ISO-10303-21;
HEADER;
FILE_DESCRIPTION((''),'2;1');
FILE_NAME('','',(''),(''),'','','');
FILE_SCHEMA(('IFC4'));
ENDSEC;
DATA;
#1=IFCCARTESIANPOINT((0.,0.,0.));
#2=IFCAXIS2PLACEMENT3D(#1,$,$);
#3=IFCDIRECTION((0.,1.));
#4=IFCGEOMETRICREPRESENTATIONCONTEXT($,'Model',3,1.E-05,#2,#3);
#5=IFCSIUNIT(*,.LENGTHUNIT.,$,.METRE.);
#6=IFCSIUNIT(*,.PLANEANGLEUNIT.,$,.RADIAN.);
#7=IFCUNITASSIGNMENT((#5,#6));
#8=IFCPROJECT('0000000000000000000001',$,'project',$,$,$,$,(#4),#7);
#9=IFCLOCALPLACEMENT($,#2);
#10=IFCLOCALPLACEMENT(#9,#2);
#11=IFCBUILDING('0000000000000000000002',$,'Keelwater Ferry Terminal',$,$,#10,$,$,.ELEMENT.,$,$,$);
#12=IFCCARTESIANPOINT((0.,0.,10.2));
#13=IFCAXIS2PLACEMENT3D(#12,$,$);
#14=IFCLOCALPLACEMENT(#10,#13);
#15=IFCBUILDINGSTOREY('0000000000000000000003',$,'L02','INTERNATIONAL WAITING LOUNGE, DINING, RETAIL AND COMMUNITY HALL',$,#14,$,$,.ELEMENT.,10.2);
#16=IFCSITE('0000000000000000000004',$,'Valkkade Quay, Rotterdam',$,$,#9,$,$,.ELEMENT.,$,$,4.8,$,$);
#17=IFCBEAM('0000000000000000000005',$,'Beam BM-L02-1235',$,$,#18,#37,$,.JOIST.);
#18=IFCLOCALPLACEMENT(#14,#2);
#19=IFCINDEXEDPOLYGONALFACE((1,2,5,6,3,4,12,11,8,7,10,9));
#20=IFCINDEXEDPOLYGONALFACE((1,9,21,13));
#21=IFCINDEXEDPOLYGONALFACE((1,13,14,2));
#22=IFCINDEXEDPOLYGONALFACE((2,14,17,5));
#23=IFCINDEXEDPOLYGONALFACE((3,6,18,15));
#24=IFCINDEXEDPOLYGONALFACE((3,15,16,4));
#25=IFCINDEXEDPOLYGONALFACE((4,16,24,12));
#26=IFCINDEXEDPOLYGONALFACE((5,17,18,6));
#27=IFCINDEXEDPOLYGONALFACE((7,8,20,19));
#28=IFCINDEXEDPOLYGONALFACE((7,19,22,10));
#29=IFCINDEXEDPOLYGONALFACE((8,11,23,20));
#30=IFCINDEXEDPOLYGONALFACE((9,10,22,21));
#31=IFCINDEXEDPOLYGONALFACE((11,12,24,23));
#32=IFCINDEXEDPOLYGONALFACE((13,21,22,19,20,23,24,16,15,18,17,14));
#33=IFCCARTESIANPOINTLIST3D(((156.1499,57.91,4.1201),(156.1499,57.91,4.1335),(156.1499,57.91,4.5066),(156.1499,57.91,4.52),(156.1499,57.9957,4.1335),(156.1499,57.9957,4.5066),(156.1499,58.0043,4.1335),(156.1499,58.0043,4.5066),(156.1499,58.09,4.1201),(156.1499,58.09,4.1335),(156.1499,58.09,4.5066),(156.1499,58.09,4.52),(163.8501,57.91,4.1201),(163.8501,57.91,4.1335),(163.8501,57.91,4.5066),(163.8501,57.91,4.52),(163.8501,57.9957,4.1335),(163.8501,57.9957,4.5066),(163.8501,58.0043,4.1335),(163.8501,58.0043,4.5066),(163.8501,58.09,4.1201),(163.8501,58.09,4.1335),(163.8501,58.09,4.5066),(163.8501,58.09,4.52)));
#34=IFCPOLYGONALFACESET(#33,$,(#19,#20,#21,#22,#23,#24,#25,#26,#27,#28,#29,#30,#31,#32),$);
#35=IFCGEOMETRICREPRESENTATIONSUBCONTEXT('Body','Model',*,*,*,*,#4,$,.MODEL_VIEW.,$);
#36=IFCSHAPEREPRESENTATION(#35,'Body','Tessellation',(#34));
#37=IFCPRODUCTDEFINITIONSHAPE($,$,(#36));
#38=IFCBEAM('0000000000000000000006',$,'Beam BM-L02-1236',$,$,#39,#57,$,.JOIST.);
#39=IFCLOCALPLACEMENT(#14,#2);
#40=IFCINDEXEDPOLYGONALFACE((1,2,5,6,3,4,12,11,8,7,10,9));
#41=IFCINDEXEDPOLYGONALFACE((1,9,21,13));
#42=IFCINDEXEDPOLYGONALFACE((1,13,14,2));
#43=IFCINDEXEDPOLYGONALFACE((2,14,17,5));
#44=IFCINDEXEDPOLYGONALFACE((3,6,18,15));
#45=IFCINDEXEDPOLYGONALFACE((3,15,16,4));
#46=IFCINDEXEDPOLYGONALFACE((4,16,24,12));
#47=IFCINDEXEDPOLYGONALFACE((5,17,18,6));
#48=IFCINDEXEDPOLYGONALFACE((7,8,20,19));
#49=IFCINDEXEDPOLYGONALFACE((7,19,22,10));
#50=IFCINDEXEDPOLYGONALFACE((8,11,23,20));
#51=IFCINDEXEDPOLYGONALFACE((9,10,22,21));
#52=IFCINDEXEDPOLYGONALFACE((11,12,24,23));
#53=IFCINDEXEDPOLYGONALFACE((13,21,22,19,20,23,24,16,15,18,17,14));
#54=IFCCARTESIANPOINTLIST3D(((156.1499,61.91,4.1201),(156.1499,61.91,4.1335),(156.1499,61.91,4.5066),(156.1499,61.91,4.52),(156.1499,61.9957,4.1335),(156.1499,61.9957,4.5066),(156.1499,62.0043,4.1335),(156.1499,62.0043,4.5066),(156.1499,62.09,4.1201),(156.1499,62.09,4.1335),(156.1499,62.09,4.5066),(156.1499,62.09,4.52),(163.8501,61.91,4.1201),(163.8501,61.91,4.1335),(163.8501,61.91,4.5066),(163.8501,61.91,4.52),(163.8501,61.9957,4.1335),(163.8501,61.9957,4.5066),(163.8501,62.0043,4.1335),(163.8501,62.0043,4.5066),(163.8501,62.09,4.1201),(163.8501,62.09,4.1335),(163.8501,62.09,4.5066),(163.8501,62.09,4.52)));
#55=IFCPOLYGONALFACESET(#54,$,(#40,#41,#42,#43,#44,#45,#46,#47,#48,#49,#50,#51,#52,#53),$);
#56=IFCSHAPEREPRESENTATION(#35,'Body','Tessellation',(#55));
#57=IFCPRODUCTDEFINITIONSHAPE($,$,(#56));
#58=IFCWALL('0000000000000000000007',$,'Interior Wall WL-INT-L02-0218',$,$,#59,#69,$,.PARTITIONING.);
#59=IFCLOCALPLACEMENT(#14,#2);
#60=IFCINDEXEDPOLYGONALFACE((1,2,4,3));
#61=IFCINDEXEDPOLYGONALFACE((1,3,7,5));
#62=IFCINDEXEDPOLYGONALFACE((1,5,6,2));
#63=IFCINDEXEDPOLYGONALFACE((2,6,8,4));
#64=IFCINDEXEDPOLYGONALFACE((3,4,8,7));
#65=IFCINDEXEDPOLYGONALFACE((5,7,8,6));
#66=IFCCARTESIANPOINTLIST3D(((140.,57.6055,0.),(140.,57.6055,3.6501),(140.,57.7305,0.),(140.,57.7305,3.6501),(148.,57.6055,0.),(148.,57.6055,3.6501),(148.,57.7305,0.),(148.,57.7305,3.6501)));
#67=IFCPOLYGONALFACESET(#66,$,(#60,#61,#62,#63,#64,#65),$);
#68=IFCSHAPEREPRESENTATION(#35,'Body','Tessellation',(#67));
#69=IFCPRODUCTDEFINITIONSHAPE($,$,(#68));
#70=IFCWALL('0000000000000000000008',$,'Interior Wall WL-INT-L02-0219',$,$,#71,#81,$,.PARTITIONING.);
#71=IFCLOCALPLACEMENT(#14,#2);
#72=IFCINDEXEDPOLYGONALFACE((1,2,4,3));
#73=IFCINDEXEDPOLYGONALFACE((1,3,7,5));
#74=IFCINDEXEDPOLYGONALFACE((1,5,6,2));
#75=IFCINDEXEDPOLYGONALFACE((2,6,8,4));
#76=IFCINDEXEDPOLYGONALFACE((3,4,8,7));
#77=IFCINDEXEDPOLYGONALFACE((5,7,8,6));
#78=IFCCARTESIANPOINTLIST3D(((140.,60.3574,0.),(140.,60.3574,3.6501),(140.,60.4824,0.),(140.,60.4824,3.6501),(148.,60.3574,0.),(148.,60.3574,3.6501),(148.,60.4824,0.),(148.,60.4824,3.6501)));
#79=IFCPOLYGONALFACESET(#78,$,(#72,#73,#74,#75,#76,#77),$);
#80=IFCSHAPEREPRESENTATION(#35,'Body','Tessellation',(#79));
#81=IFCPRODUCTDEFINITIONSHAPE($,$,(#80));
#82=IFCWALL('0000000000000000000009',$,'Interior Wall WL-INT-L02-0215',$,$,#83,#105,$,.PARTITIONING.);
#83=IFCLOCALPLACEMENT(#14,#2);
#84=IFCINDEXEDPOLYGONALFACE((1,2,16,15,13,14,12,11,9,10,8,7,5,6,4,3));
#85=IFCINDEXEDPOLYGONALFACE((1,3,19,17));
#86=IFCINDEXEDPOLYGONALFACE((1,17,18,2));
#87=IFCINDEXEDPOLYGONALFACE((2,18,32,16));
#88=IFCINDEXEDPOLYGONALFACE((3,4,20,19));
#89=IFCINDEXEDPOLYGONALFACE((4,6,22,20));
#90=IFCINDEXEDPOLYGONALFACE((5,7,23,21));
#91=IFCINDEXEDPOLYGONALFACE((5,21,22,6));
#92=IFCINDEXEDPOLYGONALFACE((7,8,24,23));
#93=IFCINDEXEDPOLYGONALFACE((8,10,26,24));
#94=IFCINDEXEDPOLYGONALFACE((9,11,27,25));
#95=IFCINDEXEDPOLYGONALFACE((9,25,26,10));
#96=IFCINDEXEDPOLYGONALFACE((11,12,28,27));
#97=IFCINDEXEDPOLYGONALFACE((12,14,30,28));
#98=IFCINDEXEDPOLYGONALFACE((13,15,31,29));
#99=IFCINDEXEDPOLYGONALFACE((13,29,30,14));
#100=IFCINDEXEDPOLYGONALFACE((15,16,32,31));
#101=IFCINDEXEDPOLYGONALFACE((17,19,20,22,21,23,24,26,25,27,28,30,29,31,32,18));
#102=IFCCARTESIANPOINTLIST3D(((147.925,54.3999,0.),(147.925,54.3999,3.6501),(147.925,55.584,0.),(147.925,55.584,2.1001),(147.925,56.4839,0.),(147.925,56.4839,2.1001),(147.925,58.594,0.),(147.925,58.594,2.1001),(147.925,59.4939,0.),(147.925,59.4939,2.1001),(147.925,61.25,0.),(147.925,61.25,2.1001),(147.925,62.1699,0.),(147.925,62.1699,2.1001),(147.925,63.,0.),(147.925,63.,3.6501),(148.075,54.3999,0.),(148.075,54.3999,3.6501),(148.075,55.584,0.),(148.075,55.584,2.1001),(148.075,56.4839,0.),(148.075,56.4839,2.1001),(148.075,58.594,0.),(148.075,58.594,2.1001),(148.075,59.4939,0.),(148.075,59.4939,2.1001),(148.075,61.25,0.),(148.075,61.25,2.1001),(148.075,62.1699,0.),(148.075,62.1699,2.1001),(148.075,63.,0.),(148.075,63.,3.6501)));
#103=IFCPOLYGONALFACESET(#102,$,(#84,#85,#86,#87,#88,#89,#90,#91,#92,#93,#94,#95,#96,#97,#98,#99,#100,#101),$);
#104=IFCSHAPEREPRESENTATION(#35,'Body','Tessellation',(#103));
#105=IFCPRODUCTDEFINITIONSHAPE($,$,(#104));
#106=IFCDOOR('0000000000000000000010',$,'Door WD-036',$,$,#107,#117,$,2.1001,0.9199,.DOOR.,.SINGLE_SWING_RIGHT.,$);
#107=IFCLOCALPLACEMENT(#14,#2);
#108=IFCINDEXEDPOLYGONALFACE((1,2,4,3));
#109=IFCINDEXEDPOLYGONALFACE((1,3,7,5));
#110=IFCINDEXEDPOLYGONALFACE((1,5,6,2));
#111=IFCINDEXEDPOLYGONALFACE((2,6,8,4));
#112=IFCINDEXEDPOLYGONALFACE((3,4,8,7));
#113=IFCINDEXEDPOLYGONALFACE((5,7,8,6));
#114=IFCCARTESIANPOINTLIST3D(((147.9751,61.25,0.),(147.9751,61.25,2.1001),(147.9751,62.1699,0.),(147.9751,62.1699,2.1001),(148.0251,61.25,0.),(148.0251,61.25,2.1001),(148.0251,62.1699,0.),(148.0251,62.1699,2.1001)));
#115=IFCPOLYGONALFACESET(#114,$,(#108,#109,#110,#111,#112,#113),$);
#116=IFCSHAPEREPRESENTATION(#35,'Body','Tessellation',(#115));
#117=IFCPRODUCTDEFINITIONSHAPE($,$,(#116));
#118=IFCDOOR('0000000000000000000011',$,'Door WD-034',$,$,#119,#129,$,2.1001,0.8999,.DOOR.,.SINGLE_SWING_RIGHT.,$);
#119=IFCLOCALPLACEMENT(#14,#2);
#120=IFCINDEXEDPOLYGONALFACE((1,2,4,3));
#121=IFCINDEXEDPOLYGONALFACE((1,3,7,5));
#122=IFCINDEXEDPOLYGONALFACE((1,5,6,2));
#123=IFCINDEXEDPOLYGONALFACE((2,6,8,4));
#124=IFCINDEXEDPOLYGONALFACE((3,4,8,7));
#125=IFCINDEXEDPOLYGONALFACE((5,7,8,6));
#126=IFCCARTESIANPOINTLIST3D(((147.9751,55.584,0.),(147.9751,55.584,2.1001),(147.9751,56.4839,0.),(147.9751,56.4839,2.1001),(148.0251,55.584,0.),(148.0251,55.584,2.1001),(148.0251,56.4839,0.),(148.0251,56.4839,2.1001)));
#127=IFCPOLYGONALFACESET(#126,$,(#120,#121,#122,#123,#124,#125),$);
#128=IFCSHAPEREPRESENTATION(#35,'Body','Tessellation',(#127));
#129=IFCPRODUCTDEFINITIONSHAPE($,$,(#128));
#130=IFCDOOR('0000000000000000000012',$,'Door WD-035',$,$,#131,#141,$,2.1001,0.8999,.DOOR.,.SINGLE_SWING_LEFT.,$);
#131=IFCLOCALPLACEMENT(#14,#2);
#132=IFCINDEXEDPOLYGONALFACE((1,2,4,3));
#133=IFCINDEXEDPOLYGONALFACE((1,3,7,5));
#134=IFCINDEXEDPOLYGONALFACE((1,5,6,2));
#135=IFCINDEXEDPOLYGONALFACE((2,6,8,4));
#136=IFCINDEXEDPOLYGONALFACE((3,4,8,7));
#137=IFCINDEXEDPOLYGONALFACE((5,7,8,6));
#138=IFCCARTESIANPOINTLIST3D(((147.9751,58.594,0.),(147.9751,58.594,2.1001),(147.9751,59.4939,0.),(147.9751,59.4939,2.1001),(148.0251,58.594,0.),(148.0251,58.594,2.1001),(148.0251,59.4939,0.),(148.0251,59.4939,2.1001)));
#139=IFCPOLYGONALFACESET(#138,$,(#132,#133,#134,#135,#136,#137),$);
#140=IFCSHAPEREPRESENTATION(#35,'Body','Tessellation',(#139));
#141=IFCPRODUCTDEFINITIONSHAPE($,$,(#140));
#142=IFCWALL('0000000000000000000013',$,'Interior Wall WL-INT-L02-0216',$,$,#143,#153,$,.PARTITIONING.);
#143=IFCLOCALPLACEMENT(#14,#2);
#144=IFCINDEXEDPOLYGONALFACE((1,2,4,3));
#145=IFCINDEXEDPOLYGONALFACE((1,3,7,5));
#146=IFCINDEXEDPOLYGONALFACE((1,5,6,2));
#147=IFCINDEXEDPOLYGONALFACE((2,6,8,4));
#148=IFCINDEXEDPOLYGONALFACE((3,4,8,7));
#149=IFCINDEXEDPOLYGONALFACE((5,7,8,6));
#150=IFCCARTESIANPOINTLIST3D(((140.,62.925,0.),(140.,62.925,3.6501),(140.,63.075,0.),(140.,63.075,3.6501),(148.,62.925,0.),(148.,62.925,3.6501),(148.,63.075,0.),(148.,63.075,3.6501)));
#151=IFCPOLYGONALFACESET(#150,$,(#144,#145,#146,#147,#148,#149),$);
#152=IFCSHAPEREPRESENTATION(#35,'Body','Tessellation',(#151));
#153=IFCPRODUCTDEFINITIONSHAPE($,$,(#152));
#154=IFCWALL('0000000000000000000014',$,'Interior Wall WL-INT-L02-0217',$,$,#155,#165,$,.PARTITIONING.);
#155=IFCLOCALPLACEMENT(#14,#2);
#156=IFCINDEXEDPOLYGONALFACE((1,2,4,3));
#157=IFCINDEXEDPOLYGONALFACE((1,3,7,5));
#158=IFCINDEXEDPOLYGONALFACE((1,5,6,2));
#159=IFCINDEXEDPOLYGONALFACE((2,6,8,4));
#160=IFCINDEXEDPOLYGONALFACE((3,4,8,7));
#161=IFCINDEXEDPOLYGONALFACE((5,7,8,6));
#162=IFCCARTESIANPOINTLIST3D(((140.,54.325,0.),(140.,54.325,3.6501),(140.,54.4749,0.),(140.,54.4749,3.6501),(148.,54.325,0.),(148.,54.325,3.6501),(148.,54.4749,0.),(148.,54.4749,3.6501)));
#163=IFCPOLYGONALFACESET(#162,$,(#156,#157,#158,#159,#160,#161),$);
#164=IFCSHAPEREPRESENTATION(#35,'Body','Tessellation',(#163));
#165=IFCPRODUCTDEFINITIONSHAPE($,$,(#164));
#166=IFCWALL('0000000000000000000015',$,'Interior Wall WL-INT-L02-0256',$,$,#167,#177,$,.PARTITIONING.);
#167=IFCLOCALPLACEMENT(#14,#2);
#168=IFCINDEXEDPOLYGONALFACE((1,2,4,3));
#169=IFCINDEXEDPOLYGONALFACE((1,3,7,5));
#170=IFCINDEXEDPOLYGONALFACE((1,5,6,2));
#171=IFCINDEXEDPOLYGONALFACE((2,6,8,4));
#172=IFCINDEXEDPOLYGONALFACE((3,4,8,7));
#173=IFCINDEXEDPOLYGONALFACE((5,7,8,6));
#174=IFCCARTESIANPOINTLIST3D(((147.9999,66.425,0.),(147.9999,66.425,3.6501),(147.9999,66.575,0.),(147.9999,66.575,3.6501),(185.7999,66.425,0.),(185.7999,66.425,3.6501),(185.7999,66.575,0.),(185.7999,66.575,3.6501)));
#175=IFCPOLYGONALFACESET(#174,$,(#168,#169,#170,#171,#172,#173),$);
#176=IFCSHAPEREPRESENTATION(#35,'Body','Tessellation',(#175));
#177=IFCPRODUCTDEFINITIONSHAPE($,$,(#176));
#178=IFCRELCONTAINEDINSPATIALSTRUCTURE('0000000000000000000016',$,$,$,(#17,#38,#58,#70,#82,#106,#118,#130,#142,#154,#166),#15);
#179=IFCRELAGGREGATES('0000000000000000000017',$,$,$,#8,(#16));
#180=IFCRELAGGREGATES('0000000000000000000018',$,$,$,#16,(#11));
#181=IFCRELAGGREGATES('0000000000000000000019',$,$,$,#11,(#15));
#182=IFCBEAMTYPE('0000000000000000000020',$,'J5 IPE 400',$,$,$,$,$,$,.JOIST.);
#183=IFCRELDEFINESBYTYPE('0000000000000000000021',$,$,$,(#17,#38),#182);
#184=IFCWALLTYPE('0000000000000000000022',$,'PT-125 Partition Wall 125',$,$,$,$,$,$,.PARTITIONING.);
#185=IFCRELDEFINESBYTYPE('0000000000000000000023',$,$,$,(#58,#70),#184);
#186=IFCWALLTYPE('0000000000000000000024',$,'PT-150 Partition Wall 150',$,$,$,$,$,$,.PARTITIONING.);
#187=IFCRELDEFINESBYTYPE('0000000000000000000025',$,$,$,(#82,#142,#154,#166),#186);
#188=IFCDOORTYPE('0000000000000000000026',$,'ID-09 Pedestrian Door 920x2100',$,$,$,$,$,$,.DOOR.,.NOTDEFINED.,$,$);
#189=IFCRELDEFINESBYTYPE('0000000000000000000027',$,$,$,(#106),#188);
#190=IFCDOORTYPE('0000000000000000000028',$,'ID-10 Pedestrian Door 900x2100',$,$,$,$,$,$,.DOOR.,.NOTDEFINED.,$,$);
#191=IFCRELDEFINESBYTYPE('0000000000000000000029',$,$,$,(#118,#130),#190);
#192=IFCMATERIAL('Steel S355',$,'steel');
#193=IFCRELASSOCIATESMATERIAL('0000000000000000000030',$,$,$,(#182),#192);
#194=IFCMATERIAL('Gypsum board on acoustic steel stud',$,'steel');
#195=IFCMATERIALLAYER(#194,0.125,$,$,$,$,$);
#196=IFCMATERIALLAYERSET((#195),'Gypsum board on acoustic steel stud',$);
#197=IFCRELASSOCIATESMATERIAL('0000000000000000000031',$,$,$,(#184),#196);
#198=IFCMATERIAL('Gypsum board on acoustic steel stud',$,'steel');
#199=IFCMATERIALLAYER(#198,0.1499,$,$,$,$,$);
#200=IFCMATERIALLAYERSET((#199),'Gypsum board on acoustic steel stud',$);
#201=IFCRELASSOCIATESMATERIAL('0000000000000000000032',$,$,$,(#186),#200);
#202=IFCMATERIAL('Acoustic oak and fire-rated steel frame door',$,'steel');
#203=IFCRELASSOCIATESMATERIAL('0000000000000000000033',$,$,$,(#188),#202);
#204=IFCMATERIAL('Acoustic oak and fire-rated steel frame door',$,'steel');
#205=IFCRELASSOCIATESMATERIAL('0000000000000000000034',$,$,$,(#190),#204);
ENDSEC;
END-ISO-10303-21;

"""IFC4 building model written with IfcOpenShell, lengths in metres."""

from ifc_helpers import new_model, si_unit, direction, frame, frame_2d, origin, origin_2d, place, context, subcontext, project, spatial, rectangle, i_section, extrude, material, layer, layer_set, material_profile, profile_set, type_object, element, fill, save


model = new_model("IFC4")

# Units and contexts
model_context = context("Model", 3, precision=1e-05, world=origin(), true_north=direction((0.0, 1.0)))
body_context = subcontext(model_context, "Body", "Model", "MODEL_VIEW")
ifc_project = project(units=[si_unit("LENGTHUNIT", "METRE"), si_unit("PLANEANGLEUNIT", "RADIAN")], contexts=[model_context])

# Site, building, storey
site_placement = place(None, origin())
site = spatial("IfcSite", under=ifc_project, at=site_placement, Name="Valkkade Quay, Rotterdam", CompositionType="ELEMENT", RefElevation=4.8)
building_placement = place(site_placement, origin())
building = spatial("IfcBuilding", under=site, at=building_placement, Name="Keelwater Ferry Terminal", CompositionType="ELEMENT")
storey_placement = place(building_placement, frame((0.0, 0.0, 10.2)))
storey = spatial("IfcBuildingStorey", under=building, at=storey_placement, Name="L02", Description="INTERNATIONAL WAITING LOUNGE, DINING, RETAIL AND COMMUNITY HALL", CompositionType="ELEMENT", Elevation=10.2)

# Beams
ifc_material_1 = material(Name="Steel S355", Category="steel")
ifc_material_profile_1 = material_profile(ifc_material_1, i_section(OverallWidth=0.1799, OverallDepth=0.3999, WebThickness=0.0085, FlangeThickness=0.0134, at=origin_2d()), Name="IPE 400")
ifc_profile_set_1 = profile_set([ifc_material_profile_1], Name="Steel S355")
beam_type_1 = type_object("IfcBeamType", Name="J5 IPE 400", PredefinedType="JOIST", material=ifc_profile_set_1)
for number, where, z_axis, x_axis, name in (
    (1, (156.1499, 58.0, 4.3201), (1.0, 0.0, 0.0), (0.0, 1.0, 0.0), "Beam BM-L02-1235"),
    (2, (156.1499, 62.0, 4.3201), (1.0, 0.0, 0.0), (0.0, 1.0, 0.0), "Beam BM-L02-1236"),
):
    element("IfcBeam", number, at=place(storey_placement, frame(where, z_axis=z_axis, x_axis=x_axis)), inside=storey, type_object=beam_type_1, Name=name, PredefinedType="JOIST", context=body_context, shape_type="SweptSolid", body=[
        extrude(i_section(OverallWidth=0.1799, OverallDepth=0.3999, WebThickness=0.0085, FlangeThickness=0.0134, at=origin_2d()), origin(), (0.0, 0.0, 1.0), 7.7002),
    ])

# Walls
ifc_material_2 = material(Name="Gypsum board on acoustic steel stud", Category="steel")
ifc_layer_1 = layer(ifc_material_2, 0.125)
ifc_layer_set_1 = layer_set([ifc_layer_1], Name="Gypsum board on acoustic steel stud")
wall_type_1 = type_object("IfcWallType", Name="PT-125 Partition Wall 125", PredefinedType="PARTITIONING", material=ifc_layer_set_1)
for number, where, z_axis, x_axis, name in (
    (3, (140.0, 57.668, 0.0), (0.0, 0.0, 1.0), (1.0, 0.0, 0.0), "Interior Wall WL-INT-L02-0218"),
    (4, (140.0, 60.4199, 0.0), (0.0, 0.0, 1.0), (1.0, 0.0, 0.0), "Interior Wall WL-INT-L02-0219"),
):
    element("IfcWall", number, at=place(storey_placement, frame(where, z_axis=z_axis, x_axis=x_axis)), inside=storey, type_object=wall_type_1, Name=name, PredefinedType="PARTITIONING", context=body_context, shape_type="SweptSolid", body=[
        extrude(rectangle(XDim=8.0, YDim=0.125, at=frame_2d((4.0, 0.0))), origin(), (0.0, 0.0, 1.0), 3.6501),
    ])

# Wall, openings, doors
ifc_material_3 = material(Name="Gypsum board on acoustic steel stud", Category="steel")
ifc_layer_2 = layer(ifc_material_3, 0.1499)
ifc_layer_set_2 = layer_set([ifc_layer_2], Name="Gypsum board on acoustic steel stud")
wall_type_2 = type_object("IfcWallType", Name="PT-150 Partition Wall 150", PredefinedType="PARTITIONING", material=ifc_layer_set_2)
wall_1_placement = place(storey_placement, frame((148.0, 54.3999, 0.0), z_axis=(0.0, 0.0, 1.0), x_axis=(0.0, 1.0, 0.0)))
wall_1 = element("IfcWall", 5, at=wall_1_placement, inside=storey, type_object=wall_type_2, Name="Interior Wall WL-INT-L02-0215", PredefinedType="PARTITIONING", context=body_context, shape_type="SweptSolid", body=[
    extrude(rectangle(XDim=8.6001, YDim=0.1499, at=frame_2d((4.3, 0.0))), origin(), (0.0, 0.0, 1.0), 3.6501),
])
opening_1_placement = place(wall_1_placement, frame((1.1841, 0.0, 0.0)))
opening_1 = element("IfcOpeningElement", 6, at=opening_1_placement, cuts=wall_1, PredefinedType="OPENING", context=body_context, shape_type="SweptSolid", body=[
    extrude(rectangle(XDim=0.8999, YDim=2.1001, at=frame_2d((0.45, 1.05))), frame((0.0, 0.085, 0.0), z_axis=(0.0, -1.0, 0.0), x_axis=(1.0, 0.0, 0.0)), (0.0, 0.0, 1.0), 0.1699),
])
opening_2_placement = place(wall_1_placement, frame((4.1941, 0.0, 0.0)))
opening_2 = element("IfcOpeningElement", 7, at=opening_2_placement, cuts=wall_1, PredefinedType="OPENING", context=body_context, shape_type="SweptSolid", body=[
    extrude(rectangle(XDim=0.8999, YDim=2.1001, at=frame_2d((0.45, 1.05))), frame((0.0, 0.085, 0.0), z_axis=(0.0, -1.0, 0.0), x_axis=(1.0, 0.0, 0.0)), (0.0, 0.0, 1.0), 0.1699),
])
opening_3_placement = place(wall_1_placement, frame((6.8501, 0.0, 0.0)))
opening_3 = element("IfcOpeningElement", 8, at=opening_3_placement, cuts=wall_1, PredefinedType="OPENING", context=body_context, shape_type="SweptSolid", body=[
    extrude(rectangle(XDim=0.9199, YDim=2.1001, at=frame_2d((0.46, 1.05))), frame((0.0, 0.085, 0.0), z_axis=(0.0, -1.0, 0.0), x_axis=(1.0, 0.0, 0.0)), (0.0, 0.0, 1.0), 0.1699),
])
ifc_material_4 = material(Name="Acoustic oak and fire-rated steel frame door", Category="steel")
door_type_1 = type_object("IfcDoorType", Name="ID-09 Pedestrian Door 920x2100", OperationType="NOTDEFINED", PredefinedType="DOOR", material=ifc_material_4)
door_1_placement = place(opening_3_placement, origin())
door_1 = element("IfcDoor", 9, at=door_1_placement, inside=storey, type_object=door_type_1, Name="Door WD-036", OperationType="SINGLE_SWING_RIGHT", OverallHeight=2.1001, OverallWidth=0.9199, PredefinedType="DOOR", context=body_context, shape_type="SweptSolid", body=[
    extrude(rectangle(XDim=0.9199, YDim=2.1001, at=frame_2d((0.46, 1.05))), frame((0.0, 0.0249, 0.0), z_axis=(0.0, -1.0, 0.0), x_axis=(1.0, 0.0, 0.0)), (0.0, 0.0, 1.0), 0.05),
])
fill(opening_3, door_1)
ifc_material_5 = material(Name="Acoustic oak and fire-rated steel frame door", Category="steel")
door_type_2 = type_object("IfcDoorType", Name="ID-10 Pedestrian Door 900x2100", OperationType="NOTDEFINED", PredefinedType="DOOR", material=ifc_material_5)
door_2_placement = place(opening_1_placement, origin())
door_2 = element("IfcDoor", 10, at=door_2_placement, inside=storey, type_object=door_type_2, Name="Door WD-034", OperationType="SINGLE_SWING_RIGHT", OverallHeight=2.1001, OverallWidth=0.8999, PredefinedType="DOOR", context=body_context, shape_type="SweptSolid", body=[
    extrude(rectangle(XDim=0.8999, YDim=2.1001, at=frame_2d((0.45, 1.05))), frame((0.0, 0.0249, 0.0), z_axis=(0.0, -1.0, 0.0), x_axis=(1.0, 0.0, 0.0)), (0.0, 0.0, 1.0), 0.05),
])
fill(opening_1, door_2)
door_3_placement = place(opening_2_placement, origin())
door_3 = element("IfcDoor", 11, at=door_3_placement, inside=storey, type_object=door_type_2, Name="Door WD-035", OperationType="SINGLE_SWING_LEFT", OverallHeight=2.1001, OverallWidth=0.8999, PredefinedType="DOOR", context=body_context, shape_type="SweptSolid", body=[
    extrude(rectangle(XDim=0.8999, YDim=2.1001, at=frame_2d((0.45, 1.05))), frame((0.0, 0.0249, 0.0), z_axis=(0.0, -1.0, 0.0), x_axis=(1.0, 0.0, 0.0)), (0.0, 0.0, 1.0), 0.05),
])
fill(opening_2, door_3)

# Walls
for number, where, z_axis, x_axis, name in (
    (12, (140.0, 63.0, 0.0), (0.0, 0.0, 1.0), (1.0, 0.0, 0.0), "Interior Wall WL-INT-L02-0216"),
    (13, (140.0, 54.3999, 0.0), (0.0, 0.0, 1.0), (1.0, 0.0, 0.0), "Interior Wall WL-INT-L02-0217"),
):
    element("IfcWall", number, at=place(storey_placement, frame(where, z_axis=z_axis, x_axis=x_axis)), inside=storey, type_object=wall_type_2, Name=name, PredefinedType="PARTITIONING", context=body_context, shape_type="SweptSolid", body=[
        extrude(rectangle(XDim=8.0, YDim=0.1499, at=frame_2d((4.0, 0.0))), origin(), (0.0, 0.0, 1.0), 3.6501),
    ])
wall_2_placement = place(storey_placement, frame((148.0, 66.5, 0.0), z_axis=(0.0, 0.0, 1.0), x_axis=(1.0, 0.0, 0.0)))
element("IfcWall", 14, at=wall_2_placement, inside=storey, type_object=wall_type_2, Name="Interior Wall WL-INT-L02-0256", PredefinedType="PARTITIONING", context=body_context, shape_type="SweptSolid", body=[
    extrude(rectangle(XDim=37.8, YDim=0.1499, at=frame_2d((18.8999, 0.0))), origin(), (0.0, 0.0, 1.0), 3.6501),
])

save(model, "model.ifc")
